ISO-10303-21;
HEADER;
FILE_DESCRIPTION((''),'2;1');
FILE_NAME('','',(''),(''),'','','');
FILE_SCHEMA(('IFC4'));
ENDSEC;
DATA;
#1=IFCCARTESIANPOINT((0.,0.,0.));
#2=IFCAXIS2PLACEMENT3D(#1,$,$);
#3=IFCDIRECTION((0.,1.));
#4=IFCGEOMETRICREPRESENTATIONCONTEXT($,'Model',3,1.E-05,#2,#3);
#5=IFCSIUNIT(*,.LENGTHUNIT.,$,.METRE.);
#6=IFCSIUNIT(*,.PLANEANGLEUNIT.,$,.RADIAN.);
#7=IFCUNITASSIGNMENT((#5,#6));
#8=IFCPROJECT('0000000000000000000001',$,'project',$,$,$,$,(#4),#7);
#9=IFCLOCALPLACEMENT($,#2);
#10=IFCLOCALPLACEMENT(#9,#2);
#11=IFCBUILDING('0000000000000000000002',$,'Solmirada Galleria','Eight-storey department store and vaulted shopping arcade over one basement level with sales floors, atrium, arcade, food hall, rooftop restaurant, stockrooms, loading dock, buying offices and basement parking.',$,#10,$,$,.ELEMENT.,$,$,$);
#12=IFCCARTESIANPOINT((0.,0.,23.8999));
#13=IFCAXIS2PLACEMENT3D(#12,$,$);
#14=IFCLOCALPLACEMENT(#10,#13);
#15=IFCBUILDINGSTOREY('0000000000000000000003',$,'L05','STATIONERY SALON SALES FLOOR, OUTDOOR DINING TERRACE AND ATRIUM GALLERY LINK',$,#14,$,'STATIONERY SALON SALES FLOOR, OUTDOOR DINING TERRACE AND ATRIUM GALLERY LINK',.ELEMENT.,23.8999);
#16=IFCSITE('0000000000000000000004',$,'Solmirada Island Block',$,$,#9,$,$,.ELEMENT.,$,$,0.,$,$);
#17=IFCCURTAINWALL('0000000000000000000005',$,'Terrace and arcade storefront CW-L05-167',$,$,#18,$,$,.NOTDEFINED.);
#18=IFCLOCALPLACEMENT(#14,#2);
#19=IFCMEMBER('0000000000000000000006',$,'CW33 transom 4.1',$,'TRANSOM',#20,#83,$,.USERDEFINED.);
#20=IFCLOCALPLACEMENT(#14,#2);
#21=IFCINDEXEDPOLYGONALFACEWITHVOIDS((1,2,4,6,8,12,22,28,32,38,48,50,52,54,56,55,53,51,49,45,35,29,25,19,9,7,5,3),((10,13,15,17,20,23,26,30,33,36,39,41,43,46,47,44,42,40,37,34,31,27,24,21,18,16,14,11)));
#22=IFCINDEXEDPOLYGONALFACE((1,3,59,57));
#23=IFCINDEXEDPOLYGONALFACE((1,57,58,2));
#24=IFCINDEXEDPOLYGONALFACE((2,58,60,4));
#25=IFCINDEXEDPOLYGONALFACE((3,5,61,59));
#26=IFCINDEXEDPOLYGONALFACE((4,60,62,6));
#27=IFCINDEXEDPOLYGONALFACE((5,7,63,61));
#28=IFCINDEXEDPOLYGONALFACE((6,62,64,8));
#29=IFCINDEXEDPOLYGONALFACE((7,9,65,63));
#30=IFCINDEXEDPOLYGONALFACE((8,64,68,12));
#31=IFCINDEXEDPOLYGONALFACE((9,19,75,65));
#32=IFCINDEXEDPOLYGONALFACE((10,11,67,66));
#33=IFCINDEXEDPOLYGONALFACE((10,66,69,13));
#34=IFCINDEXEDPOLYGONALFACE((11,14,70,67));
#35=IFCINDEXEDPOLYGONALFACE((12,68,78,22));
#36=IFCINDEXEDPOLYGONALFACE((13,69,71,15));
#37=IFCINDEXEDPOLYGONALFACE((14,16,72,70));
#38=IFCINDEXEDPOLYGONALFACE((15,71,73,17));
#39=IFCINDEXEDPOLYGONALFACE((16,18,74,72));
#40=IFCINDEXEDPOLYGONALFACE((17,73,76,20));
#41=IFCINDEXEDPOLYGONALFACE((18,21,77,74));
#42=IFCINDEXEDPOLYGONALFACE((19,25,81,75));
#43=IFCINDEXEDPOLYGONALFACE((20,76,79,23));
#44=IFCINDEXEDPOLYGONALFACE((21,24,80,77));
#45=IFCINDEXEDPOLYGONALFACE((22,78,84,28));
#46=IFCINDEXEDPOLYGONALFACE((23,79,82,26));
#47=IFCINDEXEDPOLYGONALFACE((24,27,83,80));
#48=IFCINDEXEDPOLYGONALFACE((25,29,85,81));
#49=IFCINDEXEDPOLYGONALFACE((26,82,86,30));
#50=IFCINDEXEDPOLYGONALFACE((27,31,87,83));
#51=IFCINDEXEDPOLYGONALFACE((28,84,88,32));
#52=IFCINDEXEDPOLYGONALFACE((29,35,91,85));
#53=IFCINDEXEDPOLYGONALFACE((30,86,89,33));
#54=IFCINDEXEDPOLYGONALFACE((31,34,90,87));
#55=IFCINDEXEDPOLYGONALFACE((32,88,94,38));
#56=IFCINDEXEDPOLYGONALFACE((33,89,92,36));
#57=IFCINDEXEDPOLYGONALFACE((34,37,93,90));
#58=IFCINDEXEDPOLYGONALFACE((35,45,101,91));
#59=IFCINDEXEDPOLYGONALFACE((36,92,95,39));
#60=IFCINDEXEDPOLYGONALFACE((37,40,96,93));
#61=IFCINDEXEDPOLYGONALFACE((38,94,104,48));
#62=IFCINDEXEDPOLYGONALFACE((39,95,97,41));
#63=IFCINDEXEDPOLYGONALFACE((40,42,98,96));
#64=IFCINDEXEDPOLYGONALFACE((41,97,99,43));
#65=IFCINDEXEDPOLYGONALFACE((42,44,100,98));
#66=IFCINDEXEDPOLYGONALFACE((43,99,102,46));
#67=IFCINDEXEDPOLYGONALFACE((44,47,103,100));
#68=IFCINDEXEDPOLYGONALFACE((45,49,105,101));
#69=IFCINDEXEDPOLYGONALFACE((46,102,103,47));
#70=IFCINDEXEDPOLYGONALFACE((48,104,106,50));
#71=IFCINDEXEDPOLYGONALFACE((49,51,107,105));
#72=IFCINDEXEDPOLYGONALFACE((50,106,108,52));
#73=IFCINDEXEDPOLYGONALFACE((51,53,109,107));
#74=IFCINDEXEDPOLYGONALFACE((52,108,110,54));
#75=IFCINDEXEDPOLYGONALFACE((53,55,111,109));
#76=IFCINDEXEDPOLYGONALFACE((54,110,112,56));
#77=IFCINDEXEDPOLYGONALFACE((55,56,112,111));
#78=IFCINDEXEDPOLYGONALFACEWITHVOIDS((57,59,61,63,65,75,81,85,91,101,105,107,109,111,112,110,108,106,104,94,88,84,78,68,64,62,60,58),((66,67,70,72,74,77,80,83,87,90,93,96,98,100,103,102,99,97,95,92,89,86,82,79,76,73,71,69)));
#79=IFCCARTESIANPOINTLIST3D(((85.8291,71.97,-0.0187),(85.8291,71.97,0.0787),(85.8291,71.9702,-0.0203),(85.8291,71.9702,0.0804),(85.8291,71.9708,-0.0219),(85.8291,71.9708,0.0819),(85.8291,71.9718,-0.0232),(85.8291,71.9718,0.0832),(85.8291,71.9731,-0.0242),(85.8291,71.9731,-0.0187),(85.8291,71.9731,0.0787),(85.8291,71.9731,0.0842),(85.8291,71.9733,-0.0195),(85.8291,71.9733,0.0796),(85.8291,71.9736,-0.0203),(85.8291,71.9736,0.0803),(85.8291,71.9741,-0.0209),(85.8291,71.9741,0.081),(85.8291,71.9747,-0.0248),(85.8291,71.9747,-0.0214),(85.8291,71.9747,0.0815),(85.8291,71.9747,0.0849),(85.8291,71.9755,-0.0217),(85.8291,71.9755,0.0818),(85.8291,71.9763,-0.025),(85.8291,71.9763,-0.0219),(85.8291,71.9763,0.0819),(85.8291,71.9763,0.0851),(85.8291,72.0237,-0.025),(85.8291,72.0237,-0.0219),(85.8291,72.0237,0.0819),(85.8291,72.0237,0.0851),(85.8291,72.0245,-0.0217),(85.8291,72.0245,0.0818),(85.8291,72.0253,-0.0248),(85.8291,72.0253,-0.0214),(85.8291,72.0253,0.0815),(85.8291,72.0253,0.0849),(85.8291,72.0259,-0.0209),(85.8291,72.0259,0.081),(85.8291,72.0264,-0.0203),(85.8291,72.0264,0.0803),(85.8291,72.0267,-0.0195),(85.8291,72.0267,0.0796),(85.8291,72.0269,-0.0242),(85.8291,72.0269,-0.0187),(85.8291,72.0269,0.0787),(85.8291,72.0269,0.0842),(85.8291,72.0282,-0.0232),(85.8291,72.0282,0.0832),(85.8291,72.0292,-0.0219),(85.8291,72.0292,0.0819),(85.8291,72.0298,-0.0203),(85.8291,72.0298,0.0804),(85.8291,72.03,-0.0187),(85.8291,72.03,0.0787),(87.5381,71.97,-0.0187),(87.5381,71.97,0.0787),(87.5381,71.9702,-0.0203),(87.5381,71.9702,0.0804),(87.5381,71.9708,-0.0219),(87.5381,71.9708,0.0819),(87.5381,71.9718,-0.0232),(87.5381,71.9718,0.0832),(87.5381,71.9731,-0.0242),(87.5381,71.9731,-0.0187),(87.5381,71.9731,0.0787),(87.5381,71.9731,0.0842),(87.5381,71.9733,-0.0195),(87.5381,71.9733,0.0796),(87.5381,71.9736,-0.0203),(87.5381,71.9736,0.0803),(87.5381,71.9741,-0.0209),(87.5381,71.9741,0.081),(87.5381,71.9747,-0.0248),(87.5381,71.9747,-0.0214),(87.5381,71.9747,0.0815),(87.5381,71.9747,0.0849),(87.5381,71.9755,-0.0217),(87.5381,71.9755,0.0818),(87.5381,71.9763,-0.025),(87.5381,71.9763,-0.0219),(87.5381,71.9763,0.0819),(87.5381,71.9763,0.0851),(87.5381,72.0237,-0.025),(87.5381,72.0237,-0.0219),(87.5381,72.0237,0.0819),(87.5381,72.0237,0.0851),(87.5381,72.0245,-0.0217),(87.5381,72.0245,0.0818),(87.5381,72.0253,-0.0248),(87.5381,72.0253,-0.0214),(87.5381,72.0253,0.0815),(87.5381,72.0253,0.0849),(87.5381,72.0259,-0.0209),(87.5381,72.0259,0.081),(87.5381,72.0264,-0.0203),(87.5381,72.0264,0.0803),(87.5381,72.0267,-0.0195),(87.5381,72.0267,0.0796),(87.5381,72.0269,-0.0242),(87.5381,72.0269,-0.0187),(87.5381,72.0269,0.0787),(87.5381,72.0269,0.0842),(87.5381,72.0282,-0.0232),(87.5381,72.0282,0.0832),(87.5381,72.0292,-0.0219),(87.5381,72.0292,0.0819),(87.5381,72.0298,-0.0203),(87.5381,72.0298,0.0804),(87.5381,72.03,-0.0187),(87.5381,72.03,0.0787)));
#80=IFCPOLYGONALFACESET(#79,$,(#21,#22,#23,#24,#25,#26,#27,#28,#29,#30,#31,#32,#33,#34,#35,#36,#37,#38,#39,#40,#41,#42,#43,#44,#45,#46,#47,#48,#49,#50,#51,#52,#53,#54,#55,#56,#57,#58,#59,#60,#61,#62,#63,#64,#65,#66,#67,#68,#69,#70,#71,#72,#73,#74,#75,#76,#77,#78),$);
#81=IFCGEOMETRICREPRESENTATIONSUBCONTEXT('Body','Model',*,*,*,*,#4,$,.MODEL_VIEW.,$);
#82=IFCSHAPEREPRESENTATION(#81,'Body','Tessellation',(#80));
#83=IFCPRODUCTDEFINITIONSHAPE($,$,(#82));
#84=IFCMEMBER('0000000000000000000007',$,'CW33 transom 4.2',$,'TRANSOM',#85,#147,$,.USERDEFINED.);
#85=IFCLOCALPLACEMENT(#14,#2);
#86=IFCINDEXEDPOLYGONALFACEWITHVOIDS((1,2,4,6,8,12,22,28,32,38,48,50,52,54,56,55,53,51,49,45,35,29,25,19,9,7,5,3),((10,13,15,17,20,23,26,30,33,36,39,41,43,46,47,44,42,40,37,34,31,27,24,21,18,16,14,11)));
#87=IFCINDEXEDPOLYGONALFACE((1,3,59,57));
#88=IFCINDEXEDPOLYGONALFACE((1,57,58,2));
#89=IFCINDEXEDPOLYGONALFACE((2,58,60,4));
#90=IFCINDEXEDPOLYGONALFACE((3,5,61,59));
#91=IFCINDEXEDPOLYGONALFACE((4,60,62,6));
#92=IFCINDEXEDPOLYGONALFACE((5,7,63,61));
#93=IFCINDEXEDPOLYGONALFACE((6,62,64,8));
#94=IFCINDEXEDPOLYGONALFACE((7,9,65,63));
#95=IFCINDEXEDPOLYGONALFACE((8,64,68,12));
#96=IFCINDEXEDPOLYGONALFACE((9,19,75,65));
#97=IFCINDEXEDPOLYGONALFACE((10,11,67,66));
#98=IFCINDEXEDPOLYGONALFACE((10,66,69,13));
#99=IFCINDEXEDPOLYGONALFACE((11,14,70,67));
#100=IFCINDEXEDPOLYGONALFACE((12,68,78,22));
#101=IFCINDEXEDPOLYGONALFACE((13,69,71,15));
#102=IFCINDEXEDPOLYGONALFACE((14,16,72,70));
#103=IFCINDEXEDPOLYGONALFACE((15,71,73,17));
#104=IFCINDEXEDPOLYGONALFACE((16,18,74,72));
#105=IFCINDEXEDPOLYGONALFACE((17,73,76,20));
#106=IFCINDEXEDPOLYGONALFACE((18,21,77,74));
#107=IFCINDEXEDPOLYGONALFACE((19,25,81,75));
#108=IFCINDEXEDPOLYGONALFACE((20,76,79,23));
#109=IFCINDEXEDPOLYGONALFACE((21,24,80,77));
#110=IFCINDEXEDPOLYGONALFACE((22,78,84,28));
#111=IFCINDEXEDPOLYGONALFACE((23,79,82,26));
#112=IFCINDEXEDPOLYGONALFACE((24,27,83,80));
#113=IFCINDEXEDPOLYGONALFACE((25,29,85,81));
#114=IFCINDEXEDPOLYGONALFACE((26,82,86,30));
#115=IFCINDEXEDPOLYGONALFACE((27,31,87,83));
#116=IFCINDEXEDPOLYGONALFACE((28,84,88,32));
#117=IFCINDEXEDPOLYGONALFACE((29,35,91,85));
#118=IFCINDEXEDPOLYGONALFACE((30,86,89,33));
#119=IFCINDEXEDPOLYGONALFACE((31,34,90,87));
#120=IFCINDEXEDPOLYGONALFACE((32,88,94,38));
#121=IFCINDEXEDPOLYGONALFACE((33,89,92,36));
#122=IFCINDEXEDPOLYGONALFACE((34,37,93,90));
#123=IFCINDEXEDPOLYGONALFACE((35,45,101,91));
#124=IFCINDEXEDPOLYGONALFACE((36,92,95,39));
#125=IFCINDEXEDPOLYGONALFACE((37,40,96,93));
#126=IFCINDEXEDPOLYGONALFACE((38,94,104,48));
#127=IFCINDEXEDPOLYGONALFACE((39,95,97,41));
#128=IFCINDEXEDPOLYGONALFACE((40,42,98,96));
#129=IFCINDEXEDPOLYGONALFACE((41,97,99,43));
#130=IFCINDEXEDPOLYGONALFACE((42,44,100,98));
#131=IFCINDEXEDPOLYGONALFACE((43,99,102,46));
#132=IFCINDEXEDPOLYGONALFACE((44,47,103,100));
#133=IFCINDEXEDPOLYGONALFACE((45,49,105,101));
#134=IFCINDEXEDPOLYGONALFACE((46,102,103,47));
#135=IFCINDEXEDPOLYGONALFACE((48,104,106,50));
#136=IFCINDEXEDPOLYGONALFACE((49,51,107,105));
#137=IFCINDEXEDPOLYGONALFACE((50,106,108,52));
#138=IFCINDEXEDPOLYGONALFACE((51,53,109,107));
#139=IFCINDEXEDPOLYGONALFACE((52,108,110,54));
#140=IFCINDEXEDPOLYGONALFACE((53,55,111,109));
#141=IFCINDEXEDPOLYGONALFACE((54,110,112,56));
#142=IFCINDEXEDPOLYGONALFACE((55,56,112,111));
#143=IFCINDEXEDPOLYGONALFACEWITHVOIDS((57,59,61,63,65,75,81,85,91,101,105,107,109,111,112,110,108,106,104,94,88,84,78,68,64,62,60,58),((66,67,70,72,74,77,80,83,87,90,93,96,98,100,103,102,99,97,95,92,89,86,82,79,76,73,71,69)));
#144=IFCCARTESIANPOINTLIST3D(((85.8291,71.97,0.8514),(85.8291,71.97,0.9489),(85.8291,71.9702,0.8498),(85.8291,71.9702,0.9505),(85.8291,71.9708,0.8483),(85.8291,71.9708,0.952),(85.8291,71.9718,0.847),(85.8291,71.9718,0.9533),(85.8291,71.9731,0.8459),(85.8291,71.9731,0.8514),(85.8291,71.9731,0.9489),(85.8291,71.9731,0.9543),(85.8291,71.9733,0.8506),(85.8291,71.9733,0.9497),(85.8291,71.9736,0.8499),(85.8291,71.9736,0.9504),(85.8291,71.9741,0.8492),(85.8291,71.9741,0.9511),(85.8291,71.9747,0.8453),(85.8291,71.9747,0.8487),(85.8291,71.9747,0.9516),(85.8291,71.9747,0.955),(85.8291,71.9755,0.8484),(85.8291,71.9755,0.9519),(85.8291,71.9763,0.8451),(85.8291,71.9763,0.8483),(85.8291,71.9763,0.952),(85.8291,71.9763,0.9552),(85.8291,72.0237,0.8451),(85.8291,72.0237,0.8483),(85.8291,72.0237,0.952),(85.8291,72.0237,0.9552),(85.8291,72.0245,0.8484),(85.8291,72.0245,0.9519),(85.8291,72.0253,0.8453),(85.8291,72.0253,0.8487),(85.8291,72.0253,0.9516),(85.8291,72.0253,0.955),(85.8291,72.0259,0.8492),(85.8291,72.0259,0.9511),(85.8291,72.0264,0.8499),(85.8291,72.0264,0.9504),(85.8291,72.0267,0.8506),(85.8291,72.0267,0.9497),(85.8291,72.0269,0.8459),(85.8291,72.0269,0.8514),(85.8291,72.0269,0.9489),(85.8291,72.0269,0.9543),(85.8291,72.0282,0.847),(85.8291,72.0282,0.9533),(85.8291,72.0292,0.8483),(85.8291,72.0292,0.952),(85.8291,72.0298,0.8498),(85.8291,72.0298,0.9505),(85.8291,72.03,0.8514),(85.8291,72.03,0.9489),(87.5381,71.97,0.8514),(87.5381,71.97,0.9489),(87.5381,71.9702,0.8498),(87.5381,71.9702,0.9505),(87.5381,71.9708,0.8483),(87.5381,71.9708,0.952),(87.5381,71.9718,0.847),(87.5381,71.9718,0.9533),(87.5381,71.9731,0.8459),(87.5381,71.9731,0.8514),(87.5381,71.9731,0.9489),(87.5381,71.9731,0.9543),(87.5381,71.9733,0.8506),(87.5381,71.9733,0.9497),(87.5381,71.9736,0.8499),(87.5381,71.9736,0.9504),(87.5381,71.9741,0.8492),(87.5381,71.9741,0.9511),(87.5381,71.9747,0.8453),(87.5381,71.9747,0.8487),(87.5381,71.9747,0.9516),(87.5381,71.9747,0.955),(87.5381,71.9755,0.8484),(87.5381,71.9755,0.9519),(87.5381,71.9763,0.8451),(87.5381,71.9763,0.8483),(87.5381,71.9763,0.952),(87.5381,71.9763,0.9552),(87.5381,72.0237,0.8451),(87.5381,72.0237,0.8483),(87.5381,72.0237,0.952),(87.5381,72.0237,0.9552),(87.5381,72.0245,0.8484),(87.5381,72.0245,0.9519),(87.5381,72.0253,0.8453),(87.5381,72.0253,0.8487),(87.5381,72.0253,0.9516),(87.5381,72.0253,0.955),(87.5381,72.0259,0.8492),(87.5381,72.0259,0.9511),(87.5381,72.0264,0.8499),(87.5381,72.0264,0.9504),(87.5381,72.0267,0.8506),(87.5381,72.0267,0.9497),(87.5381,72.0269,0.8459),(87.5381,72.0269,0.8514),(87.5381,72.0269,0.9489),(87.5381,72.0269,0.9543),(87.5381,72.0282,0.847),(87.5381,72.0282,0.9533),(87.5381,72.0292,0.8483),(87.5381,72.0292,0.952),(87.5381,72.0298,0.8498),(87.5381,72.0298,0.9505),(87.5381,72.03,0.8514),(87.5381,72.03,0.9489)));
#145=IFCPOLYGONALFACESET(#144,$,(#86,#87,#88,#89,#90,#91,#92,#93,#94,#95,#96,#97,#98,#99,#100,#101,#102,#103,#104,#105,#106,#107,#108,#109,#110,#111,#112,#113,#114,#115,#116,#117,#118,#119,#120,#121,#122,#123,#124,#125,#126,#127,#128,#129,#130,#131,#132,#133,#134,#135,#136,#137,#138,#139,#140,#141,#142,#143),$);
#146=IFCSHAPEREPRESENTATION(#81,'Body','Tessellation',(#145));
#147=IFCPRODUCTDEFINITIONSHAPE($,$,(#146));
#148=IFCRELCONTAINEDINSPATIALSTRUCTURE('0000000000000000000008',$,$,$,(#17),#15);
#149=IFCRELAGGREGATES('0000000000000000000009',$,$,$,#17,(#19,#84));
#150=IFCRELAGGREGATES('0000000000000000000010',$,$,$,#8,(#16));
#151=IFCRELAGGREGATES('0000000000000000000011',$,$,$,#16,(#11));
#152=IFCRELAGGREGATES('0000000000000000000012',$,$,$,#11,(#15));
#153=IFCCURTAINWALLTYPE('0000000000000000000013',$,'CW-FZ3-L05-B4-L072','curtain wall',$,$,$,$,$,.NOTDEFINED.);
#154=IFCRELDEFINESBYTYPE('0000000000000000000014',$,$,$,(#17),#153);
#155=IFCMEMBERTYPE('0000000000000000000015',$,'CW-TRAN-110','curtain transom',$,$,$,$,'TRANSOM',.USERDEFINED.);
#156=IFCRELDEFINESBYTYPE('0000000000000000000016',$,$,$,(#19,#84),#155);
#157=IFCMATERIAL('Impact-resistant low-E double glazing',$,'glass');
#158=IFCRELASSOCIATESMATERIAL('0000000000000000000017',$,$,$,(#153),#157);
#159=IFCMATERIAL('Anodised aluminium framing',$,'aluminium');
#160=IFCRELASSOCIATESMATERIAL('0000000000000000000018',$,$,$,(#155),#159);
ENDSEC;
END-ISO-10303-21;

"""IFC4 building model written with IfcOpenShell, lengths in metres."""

from ifc_helpers import new_model, si_unit, direction, frame, origin, origin_2d, place, context, subcontext, project, spatial, hollow_rectangle, extrude, material, material_profile, profile_set, type_object, element, aggregate, save


model = new_model("IFC4")

# Units and contexts
model_context = context("Model", 3, precision=1e-05, world=origin(), true_north=direction((0.0, 1.0)))
body_context = subcontext(model_context, "Body", "Model", "MODEL_VIEW")
ifc_project = project(units=[si_unit("LENGTHUNIT", "METRE"), si_unit("PLANEANGLEUNIT", "RADIAN")], contexts=[model_context])

# Site, building, storey
site_placement = place(None, origin())
site = spatial("IfcSite", under=ifc_project, at=site_placement, Name="Solmirada Island Block", CompositionType="ELEMENT", RefElevation=0.0)
building_placement = place(site_placement, origin())
building = spatial("IfcBuilding", under=site, at=building_placement, Name="Solmirada Galleria", Description="Eight-storey department store and vaulted shopping arcade over one basement level with sales floors, atrium, arcade, food hall, rooftop restaurant, stockrooms, loading dock, buying offices and basement parking.", CompositionType="ELEMENT")
storey_placement = place(building_placement, frame((0.0, 0.0, 23.8999)))
storey = spatial("IfcBuildingStorey", under=building, at=storey_placement, Name="L05", Description="STATIONERY SALON SALES FLOOR, OUTDOOR DINING TERRACE AND ATRIUM GALLERY LINK", LongName="STATIONERY SALON SALES FLOOR, OUTDOOR DINING TERRACE AND ATRIUM GALLERY LINK", CompositionType="ELEMENT", Elevation=23.8999)

# Curtain wall
ifc_material_1 = material(Name="Impact-resistant low-E double glazing", Category="glass")
curtain_wall_type_1 = type_object("IfcCurtainWallType", Name="CW-FZ3-L05-B4-L072", Description="curtain wall", PredefinedType="NOTDEFINED", material=ifc_material_1)
curtain_wall_1_placement = place(storey_placement, origin())
curtain_wall_1 = element("IfcCurtainWall", 1, at=curtain_wall_1_placement, inside=storey, type_object=curtain_wall_type_1, Name="Terrace and arcade storefront CW-L05-167", PredefinedType="NOTDEFINED")
ifc_material_2 = material(Name="Anodised aluminium framing", Category="aluminium")

# Members
ifc_material_profile_1 = material_profile(ifc_material_2, hollow_rectangle(XDim=0.0601, YDim=0.1101, WallThickness=0.0032, InnerFilletRadius=0.0032, OuterFilletRadius=0.0063, at=origin_2d()), Name="ALU-TRAN-110X60")
ifc_profile_set_1 = profile_set([ifc_material_profile_1], Name="Anodised aluminium framing")
member_type_1 = type_object("IfcMemberType", Name="CW-TRAN-110", Description="curtain transom", ElementType="TRANSOM", PredefinedType="USERDEFINED", material=ifc_profile_set_1)
member_1_placement = place(storey_placement, frame((85.8291, 72.0, 0.03), z_axis=(1.0, 0.0, 0.0), x_axis=(0.0, 1.0, 0.0)))
member_1 = element("IfcMember", 2, at=member_1_placement, type_object=member_type_1, Name="CW33 transom 4.1", ObjectType="TRANSOM", PredefinedType="USERDEFINED", context=body_context, shape_type="SweptSolid", body=[
    extrude(hollow_rectangle(XDim=0.0601, YDim=0.1101, WallThickness=0.0032, InnerFilletRadius=0.0032, OuterFilletRadius=0.0063, at=origin_2d()), origin(), (0.0, 0.0, 1.0), 1.709),
])
member_2_placement = place(storey_placement, frame((85.8291, 72.0, 0.9001), z_axis=(1.0, 0.0, 0.0), x_axis=(0.0, 1.0, 0.0)))
member_2 = element("IfcMember", 3, at=member_2_placement, type_object=member_type_1, Name="CW33 transom 4.2", ObjectType="TRANSOM", PredefinedType="USERDEFINED", context=body_context, shape_type="SweptSolid", body=[
    extrude(hollow_rectangle(XDim=0.0601, YDim=0.1101, WallThickness=0.0032, InnerFilletRadius=0.0032, OuterFilletRadius=0.0063, at=origin_2d()), origin(), (0.0, 0.0, 1.0), 1.709),
])

aggregate(curtain_wall_1, [member_1, member_2])

save(model, "model.ifc")
